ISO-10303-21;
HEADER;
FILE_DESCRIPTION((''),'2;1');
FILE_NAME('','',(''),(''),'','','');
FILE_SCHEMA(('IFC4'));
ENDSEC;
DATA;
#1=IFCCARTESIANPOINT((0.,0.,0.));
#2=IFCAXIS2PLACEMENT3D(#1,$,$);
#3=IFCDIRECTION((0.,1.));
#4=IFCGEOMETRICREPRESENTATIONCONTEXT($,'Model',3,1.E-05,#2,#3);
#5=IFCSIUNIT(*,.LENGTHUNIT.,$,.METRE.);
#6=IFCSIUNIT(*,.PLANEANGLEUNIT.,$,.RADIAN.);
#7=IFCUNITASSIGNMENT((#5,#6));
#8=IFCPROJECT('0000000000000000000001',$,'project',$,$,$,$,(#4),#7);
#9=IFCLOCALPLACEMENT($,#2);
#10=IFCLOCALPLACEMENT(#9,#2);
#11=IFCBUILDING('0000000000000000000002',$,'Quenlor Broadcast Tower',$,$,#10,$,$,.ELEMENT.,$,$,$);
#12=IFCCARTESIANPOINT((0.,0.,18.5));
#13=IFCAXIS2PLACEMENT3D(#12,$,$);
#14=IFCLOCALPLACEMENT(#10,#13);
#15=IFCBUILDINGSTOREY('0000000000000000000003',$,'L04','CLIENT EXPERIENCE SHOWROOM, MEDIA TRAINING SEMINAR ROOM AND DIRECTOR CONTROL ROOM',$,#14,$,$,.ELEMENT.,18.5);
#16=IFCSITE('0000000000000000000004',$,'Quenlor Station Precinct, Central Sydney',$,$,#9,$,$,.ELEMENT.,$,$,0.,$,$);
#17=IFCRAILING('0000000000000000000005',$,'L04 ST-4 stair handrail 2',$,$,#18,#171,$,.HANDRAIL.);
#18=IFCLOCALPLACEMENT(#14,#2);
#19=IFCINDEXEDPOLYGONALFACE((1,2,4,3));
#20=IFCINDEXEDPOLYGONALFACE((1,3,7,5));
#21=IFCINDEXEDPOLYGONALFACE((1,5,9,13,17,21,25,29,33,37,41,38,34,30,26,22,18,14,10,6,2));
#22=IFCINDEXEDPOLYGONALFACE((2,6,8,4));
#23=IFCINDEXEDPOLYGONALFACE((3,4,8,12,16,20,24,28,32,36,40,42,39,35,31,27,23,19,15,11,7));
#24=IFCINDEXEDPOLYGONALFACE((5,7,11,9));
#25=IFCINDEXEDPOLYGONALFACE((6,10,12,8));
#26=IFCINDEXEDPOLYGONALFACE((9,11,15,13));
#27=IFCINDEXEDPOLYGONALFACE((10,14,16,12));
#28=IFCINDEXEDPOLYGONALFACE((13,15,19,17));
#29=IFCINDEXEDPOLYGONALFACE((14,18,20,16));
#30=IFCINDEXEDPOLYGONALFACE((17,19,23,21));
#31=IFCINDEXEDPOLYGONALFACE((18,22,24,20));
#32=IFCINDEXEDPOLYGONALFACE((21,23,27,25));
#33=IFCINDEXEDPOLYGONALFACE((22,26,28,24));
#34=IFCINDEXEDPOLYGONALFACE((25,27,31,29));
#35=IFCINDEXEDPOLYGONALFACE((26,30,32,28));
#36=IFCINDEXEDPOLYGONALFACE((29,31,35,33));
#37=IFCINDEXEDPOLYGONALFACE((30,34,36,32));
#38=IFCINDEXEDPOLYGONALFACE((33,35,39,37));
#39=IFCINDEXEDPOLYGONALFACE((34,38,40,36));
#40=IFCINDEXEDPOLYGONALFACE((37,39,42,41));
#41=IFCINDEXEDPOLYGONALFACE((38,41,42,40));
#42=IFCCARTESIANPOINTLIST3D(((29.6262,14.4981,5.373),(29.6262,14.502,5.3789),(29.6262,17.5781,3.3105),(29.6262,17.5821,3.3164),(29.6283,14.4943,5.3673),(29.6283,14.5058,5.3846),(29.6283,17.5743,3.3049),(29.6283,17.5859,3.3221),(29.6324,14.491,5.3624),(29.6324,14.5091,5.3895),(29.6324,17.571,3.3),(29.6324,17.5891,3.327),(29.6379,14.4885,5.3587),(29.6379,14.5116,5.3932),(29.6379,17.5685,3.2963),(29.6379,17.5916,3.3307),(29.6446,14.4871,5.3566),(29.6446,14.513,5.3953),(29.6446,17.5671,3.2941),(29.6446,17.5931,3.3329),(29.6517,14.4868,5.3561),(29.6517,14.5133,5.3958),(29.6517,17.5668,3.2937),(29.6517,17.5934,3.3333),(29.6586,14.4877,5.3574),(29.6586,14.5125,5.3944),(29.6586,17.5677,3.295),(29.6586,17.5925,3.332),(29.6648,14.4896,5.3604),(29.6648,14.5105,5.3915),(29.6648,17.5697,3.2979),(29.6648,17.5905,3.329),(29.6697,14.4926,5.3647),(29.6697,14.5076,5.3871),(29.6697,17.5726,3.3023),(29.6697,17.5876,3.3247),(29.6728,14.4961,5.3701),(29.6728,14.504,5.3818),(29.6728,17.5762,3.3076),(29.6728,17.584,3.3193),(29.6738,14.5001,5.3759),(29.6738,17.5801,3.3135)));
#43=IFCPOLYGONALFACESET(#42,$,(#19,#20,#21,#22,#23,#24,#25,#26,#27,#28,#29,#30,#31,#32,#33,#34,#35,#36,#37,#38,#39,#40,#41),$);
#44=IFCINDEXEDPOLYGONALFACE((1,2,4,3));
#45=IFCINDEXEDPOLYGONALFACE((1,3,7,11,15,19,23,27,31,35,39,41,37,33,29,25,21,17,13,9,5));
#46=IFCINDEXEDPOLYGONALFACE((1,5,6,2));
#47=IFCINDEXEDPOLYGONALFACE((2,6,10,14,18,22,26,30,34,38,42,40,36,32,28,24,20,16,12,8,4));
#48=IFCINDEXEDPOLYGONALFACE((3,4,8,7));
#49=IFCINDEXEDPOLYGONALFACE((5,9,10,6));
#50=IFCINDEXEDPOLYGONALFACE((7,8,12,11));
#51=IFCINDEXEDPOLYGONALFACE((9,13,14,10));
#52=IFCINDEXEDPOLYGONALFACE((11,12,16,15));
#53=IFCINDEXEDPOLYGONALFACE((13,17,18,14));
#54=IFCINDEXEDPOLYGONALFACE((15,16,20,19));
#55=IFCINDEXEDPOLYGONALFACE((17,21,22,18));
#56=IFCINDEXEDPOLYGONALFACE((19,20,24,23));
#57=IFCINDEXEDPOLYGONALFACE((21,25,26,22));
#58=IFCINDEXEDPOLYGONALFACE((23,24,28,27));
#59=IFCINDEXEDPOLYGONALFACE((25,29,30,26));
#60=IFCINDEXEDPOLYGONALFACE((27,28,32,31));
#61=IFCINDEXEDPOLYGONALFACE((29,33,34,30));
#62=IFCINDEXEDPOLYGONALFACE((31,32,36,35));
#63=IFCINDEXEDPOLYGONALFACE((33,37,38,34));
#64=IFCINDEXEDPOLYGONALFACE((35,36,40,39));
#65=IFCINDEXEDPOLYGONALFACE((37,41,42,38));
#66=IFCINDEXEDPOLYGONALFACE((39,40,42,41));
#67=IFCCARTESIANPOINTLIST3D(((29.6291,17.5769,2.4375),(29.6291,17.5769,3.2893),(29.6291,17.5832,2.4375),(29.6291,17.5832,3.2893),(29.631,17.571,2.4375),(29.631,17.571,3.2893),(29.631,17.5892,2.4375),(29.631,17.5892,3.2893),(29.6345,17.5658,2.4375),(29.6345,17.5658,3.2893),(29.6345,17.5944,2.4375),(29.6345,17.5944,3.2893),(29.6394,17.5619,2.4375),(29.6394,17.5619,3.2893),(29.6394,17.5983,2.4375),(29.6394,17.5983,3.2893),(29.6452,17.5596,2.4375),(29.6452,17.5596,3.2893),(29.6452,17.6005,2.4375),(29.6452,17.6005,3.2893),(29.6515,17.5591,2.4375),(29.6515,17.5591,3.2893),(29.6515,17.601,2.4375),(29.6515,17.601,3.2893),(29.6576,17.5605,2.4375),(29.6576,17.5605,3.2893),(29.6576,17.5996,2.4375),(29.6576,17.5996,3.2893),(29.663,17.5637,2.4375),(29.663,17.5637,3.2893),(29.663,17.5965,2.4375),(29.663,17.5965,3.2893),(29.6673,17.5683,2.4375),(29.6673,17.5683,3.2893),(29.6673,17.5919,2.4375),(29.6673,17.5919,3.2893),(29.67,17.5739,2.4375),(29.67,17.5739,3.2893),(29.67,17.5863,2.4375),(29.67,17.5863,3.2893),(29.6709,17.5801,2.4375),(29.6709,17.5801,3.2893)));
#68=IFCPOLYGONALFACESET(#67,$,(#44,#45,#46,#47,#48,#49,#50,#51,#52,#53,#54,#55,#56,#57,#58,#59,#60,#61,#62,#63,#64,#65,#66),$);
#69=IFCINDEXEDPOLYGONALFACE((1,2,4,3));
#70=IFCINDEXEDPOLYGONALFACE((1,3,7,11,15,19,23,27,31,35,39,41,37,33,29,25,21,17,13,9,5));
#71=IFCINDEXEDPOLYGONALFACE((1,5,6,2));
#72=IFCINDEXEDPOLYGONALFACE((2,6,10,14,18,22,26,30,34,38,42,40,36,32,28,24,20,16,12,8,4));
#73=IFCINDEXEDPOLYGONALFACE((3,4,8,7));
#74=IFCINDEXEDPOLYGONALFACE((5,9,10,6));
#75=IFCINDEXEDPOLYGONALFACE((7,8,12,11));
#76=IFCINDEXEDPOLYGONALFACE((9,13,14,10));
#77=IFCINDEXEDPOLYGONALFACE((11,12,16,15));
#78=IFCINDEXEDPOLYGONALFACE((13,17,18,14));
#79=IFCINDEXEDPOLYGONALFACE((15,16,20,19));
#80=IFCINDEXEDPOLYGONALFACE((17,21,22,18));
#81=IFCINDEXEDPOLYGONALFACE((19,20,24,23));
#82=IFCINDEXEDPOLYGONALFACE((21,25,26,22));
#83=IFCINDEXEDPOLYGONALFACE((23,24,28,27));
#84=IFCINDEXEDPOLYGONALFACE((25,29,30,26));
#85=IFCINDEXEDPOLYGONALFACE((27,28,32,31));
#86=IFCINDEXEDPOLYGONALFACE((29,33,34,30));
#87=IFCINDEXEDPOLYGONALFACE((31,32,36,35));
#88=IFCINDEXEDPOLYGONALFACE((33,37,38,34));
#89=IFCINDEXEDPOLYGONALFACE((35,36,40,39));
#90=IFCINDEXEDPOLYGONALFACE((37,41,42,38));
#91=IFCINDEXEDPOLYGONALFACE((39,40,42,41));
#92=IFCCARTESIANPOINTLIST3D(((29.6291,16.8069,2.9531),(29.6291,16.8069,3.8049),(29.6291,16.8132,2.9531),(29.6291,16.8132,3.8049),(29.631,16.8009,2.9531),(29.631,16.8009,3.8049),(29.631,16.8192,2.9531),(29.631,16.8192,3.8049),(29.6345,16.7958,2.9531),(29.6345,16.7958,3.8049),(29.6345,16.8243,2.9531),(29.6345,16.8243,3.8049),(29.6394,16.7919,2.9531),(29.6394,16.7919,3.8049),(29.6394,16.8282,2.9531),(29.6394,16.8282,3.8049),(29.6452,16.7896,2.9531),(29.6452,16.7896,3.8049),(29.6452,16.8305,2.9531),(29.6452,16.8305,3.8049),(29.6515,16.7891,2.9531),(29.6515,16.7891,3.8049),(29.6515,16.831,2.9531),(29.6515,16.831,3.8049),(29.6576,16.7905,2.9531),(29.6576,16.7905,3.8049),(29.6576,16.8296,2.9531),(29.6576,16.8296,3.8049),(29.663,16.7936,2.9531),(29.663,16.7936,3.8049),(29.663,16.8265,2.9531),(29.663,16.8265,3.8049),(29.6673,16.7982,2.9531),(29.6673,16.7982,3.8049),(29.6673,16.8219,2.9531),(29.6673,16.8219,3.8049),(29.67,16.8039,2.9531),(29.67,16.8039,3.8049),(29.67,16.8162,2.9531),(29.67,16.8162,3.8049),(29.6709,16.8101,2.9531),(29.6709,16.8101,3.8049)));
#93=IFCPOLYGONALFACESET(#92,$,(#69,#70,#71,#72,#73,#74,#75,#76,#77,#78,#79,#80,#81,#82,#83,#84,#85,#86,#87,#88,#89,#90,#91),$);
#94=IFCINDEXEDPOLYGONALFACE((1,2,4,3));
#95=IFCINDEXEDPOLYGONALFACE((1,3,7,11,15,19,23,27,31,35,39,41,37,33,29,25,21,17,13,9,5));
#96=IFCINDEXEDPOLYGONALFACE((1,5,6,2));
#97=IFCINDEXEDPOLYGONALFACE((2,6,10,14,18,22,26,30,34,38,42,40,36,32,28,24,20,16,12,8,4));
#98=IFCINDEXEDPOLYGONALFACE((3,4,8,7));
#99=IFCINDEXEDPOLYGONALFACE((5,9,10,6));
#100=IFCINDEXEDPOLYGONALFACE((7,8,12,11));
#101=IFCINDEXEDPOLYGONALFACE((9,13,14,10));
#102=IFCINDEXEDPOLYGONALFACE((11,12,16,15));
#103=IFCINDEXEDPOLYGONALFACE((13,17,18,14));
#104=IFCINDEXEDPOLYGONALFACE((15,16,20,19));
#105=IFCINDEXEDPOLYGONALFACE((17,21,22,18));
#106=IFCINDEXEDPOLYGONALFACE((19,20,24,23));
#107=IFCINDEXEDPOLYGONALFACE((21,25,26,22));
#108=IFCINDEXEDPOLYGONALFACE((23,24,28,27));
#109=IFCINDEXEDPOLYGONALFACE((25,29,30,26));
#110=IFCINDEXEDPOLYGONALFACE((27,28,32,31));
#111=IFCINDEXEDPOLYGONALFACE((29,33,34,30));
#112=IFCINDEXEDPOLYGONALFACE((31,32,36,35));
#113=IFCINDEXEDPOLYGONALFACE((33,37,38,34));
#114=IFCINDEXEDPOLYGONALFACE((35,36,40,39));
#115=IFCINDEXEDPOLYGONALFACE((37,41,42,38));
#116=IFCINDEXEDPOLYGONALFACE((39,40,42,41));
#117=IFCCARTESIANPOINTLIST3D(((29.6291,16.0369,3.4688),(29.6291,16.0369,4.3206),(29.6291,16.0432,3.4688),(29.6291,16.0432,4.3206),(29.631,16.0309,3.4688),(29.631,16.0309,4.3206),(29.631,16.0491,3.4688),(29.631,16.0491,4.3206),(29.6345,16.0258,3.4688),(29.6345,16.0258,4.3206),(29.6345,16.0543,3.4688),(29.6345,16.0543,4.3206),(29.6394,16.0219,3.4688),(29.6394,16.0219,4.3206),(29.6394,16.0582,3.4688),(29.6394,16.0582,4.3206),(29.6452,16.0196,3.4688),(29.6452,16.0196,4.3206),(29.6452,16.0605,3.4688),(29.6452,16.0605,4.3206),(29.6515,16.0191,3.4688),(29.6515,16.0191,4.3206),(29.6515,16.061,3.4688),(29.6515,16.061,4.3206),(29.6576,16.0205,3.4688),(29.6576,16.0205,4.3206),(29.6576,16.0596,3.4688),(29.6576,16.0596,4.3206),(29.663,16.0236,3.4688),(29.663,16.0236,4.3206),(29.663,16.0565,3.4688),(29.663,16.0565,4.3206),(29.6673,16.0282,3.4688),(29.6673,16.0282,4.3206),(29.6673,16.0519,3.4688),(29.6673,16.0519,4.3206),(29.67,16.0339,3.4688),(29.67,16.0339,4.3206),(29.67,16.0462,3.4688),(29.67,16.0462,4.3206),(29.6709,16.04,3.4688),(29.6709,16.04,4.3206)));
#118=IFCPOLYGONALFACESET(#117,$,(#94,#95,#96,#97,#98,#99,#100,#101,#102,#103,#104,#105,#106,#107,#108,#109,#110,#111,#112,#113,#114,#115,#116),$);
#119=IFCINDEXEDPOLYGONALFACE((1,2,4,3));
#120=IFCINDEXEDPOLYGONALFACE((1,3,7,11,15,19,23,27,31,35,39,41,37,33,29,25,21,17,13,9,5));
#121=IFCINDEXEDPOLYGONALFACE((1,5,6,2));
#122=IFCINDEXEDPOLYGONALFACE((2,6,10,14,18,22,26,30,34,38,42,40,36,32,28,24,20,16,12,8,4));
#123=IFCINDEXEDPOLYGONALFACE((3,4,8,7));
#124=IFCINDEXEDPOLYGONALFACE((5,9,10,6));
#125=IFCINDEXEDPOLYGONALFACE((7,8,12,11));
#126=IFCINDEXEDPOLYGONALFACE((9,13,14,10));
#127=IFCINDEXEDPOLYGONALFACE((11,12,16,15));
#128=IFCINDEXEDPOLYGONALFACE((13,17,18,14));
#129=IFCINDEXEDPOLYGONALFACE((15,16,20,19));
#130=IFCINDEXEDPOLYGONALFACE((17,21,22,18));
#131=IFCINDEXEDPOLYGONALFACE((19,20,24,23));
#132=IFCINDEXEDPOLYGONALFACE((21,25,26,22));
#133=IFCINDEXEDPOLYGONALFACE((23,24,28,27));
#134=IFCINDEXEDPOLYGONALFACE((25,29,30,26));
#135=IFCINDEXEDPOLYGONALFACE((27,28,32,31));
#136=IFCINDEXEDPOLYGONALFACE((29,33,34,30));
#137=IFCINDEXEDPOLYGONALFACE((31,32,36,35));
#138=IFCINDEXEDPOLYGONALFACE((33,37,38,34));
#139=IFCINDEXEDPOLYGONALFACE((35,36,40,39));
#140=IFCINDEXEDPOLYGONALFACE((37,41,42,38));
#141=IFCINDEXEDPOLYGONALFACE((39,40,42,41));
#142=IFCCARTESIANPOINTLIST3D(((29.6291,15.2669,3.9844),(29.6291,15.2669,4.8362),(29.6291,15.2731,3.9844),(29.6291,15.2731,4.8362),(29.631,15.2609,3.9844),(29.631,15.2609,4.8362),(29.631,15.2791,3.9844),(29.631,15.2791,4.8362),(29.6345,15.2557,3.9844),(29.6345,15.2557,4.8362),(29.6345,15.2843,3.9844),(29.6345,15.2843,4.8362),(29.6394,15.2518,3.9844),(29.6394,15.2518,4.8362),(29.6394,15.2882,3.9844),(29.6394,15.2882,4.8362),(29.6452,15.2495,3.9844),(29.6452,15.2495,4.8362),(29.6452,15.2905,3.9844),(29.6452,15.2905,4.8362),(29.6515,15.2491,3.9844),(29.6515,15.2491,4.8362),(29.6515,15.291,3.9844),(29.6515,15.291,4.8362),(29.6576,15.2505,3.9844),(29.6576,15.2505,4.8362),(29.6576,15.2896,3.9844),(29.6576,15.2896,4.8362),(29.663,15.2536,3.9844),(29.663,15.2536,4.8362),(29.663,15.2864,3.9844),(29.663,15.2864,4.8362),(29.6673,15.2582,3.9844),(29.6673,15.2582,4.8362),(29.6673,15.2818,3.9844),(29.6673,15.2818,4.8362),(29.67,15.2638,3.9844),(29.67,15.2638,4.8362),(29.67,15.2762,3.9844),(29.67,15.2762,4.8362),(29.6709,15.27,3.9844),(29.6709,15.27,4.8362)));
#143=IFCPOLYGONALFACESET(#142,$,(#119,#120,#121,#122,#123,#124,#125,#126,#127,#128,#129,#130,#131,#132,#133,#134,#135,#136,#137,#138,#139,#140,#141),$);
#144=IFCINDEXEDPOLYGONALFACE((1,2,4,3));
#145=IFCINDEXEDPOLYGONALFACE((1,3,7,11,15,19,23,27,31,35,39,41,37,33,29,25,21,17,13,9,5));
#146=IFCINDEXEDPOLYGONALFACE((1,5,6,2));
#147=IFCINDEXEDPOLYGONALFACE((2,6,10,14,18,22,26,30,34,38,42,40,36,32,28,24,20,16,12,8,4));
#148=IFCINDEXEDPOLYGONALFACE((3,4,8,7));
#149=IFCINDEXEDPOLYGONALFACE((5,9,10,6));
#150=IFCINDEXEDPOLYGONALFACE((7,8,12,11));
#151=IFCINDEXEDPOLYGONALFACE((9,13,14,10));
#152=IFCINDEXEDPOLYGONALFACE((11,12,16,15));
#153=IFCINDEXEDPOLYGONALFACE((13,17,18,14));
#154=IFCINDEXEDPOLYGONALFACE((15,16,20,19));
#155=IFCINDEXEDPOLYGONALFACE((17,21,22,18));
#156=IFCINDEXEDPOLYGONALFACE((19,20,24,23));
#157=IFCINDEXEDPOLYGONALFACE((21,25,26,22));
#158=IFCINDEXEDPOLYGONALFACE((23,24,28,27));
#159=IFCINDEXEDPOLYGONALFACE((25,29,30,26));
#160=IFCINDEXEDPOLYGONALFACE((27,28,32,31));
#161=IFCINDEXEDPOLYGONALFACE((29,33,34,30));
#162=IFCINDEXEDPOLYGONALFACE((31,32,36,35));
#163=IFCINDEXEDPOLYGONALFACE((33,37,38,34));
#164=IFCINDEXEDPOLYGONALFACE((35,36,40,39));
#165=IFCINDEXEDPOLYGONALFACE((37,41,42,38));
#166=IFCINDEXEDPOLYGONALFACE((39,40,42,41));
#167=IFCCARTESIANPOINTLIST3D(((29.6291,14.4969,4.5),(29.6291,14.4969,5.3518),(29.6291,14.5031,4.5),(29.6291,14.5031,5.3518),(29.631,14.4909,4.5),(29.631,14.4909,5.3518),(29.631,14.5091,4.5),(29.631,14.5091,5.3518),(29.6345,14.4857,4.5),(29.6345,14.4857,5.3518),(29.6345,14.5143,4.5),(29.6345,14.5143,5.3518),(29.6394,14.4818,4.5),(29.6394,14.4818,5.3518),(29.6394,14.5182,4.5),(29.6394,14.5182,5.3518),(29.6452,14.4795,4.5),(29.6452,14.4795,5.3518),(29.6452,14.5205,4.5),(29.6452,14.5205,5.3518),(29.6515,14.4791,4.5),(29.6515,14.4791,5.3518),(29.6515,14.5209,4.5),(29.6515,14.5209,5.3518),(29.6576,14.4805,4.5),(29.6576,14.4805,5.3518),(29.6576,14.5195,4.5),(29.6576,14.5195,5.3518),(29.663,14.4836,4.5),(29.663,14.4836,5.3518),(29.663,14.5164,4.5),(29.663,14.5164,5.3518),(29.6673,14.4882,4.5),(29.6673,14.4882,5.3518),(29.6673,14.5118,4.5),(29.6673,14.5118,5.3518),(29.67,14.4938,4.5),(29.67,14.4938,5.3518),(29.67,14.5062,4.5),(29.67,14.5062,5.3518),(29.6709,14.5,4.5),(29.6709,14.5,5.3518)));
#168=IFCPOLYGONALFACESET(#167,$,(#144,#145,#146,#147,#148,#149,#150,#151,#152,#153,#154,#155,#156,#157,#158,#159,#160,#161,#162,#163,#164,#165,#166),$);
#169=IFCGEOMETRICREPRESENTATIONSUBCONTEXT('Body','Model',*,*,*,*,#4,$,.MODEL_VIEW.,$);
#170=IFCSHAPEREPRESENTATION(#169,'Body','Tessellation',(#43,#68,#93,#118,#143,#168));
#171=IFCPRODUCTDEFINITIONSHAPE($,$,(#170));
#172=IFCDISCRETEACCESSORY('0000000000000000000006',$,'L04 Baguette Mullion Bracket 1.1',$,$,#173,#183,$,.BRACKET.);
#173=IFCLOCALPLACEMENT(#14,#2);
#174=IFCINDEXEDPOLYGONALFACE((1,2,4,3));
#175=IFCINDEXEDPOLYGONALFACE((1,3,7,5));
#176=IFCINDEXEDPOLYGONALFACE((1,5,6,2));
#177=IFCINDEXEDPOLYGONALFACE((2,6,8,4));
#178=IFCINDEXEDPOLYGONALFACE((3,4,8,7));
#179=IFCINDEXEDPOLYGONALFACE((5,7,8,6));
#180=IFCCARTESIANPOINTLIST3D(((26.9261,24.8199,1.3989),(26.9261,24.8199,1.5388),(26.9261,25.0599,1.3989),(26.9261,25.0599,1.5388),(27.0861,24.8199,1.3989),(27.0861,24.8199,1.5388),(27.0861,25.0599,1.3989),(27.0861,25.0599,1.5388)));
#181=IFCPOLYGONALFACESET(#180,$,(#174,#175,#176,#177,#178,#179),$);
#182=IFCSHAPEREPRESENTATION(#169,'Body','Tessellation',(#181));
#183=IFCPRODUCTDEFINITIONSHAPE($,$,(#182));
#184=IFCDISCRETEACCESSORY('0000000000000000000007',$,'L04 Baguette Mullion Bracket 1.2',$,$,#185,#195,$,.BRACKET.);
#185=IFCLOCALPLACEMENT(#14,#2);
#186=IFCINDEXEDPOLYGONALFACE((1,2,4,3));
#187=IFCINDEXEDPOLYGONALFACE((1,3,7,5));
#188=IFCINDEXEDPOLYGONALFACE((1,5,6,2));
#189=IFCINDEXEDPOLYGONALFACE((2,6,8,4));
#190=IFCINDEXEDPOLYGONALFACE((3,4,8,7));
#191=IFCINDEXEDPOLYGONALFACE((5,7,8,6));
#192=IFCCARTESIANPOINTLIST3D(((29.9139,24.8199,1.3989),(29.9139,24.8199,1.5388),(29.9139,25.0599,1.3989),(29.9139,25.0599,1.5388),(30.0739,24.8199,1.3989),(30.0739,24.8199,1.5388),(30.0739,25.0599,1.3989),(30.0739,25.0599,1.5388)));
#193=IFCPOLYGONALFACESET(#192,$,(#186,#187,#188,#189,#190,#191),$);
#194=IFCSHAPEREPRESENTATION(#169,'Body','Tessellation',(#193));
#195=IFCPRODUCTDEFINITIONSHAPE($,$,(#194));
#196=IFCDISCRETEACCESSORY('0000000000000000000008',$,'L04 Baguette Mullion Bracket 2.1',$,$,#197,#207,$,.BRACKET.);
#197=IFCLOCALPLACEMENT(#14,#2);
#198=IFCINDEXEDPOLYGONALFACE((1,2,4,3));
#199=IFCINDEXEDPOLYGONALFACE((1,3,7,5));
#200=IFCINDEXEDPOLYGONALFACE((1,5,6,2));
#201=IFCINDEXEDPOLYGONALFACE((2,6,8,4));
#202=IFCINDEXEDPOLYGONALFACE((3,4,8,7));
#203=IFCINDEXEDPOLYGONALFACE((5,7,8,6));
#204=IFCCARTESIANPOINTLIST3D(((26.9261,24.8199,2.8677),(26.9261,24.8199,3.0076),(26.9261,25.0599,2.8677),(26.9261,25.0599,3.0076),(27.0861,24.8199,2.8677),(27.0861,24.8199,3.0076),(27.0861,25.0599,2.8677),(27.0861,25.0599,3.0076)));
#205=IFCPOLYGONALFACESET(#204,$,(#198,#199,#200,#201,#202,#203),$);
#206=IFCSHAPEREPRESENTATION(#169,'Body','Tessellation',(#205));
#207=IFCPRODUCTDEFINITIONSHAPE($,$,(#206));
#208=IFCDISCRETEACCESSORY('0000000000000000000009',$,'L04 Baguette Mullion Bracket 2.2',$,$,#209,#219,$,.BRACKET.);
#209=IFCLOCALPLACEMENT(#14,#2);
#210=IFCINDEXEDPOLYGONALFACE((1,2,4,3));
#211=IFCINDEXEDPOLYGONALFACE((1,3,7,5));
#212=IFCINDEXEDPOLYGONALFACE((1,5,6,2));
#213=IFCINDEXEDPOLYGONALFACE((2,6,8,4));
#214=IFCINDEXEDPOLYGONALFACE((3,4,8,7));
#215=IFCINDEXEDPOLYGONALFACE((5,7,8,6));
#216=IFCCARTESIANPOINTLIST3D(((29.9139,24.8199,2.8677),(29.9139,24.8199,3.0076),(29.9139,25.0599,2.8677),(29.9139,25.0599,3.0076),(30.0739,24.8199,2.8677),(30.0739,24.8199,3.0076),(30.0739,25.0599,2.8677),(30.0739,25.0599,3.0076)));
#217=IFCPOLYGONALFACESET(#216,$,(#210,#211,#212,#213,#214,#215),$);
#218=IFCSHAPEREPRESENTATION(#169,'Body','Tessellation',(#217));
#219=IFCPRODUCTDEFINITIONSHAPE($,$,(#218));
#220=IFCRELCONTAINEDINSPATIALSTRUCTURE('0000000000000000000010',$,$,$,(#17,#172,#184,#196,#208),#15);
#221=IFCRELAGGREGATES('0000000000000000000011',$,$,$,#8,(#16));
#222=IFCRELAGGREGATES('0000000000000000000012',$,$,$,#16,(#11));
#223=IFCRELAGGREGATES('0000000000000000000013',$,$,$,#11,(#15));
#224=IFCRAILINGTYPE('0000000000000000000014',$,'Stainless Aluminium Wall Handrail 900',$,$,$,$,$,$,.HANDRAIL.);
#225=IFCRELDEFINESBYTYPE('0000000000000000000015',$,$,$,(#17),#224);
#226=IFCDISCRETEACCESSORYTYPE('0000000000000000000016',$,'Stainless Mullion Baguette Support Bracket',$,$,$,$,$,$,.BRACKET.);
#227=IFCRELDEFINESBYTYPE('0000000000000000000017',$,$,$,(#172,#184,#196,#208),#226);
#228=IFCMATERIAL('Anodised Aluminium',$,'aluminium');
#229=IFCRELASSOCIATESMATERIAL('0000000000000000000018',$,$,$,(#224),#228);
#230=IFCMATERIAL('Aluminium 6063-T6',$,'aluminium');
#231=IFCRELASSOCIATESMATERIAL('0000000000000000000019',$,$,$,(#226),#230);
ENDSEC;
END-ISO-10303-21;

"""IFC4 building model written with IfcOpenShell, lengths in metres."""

from ifc_helpers import new_model, si_unit, direction, frame, origin, origin_2d, place, context, subcontext, project, spatial, rectangle, circle, extrude, material, type_object, element, save


model = new_model("IFC4")

# Units and contexts
model_context = context("Model", 3, precision=1e-05, world=origin(), true_north=direction((0.0, 1.0)))
body_context = subcontext(model_context, "Body", "Model", "MODEL_VIEW")
ifc_project = project(units=[si_unit("LENGTHUNIT", "METRE"), si_unit("PLANEANGLEUNIT", "RADIAN")], contexts=[model_context])

# Site, building, storey
site_placement = place(None, origin())
site = spatial("IfcSite", under=ifc_project, at=site_placement, Name="Quenlor Station Precinct, Central Sydney", CompositionType="ELEMENT", RefElevation=0.0)
building_placement = place(site_placement, origin())
building = spatial("IfcBuilding", under=site, at=building_placement, Name="Quenlor Broadcast Tower", CompositionType="ELEMENT")
storey_placement = place(building_placement, frame((0.0, 0.0, 18.5)))
storey = spatial("IfcBuildingStorey", under=building, at=storey_placement, Name="L04", Description="CLIENT EXPERIENCE SHOWROOM, MEDIA TRAINING SEMINAR ROOM AND DIRECTOR CONTROL ROOM", CompositionType="ELEMENT", Elevation=18.5)

# Railing
ifc_material_1 = material(Name="Anodised Aluminium", Category="aluminium")
railing_type = type_object("IfcRailingType", Name="Stainless Aluminium Wall Handrail 900", PredefinedType="HANDRAIL", material=ifc_material_1)
railing_placement = place(storey_placement, frame((29.6499, 17.5801, 2.4375)))
element("IfcRailing", 1, at=railing_placement, inside=storey, type_object=railing_type, Name="L04 ST-4 stair handrail 2", PredefinedType="HANDRAIL", context=body_context, shape_type="SweptSolid", body=[
    extrude(circle(Radius=0.0239, at=origin_2d()), frame((0.0, 0.0, 0.876), z_axis=(0.0, -0.830914, 0.556401), x_axis=(1.0, 0.0, 0.0)), (0.0, 0.0, 1.0), 3.7068),
    extrude(circle(Radius=0.021, at=origin_2d()), origin(), (0.0, 0.0, 1.0), 0.8518),
    extrude(circle(Radius=0.021, at=origin_2d()), frame((0.0, -0.77, 0.5156)), (0.0, 0.0, 1.0), 0.8518),
    extrude(circle(Radius=0.021, at=origin_2d()), frame((0.0, -1.54, 1.0312)), (0.0, 0.0, 1.0), 0.8518),
    extrude(circle(Radius=0.021, at=origin_2d()), frame((0.0, -2.3101, 1.5469)), (0.0, 0.0, 1.0), 0.8518),
    extrude(circle(Radius=0.021, at=origin_2d()), frame((0.0, -3.0801, 2.0625)), (0.0, 0.0, 1.0), 0.8518),
])

# Discrete accessories
ifc_material_2 = material(Name="Aluminium 6063-T6", Category="aluminium")
discrete_accessory_type = type_object("IfcDiscreteAccessoryType", Name="Stainless Mullion Baguette Support Bracket", PredefinedType="BRACKET", material=ifc_material_2)
for number, where, z_axis, x_axis, name in (
    (2, (27.0061, 24.9399, 1.3989), (0.0, 0.0, 1.0), (1.0, 0.0, 0.0), "L04 Baguette Mullion Bracket 1.1"),
    (3, (29.9939, 24.9399, 1.3989), (0.0, 0.0, 1.0), (1.0, 0.0, 0.0), "L04 Baguette Mullion Bracket 1.2"),
    (4, (27.0061, 24.9399, 2.8677), (0.0, 0.0, 1.0), (1.0, 0.0, 0.0), "L04 Baguette Mullion Bracket 2.1"),
    (5, (29.9939, 24.9399, 2.8677), (0.0, 0.0, 1.0), (1.0, 0.0, 0.0), "L04 Baguette Mullion Bracket 2.2"),
):
    element("IfcDiscreteAccessory", number, at=place(storey_placement, frame(where, z_axis=z_axis, x_axis=x_axis)), inside=storey, type_object=discrete_accessory_type, Name=name, PredefinedType="BRACKET", context=body_context, shape_type="SweptSolid", body=[
        extrude(rectangle(XDim=0.1599, YDim=0.24, at=origin_2d()), origin(), (0.0, 0.0, 1.0), 0.1399),
    ])

save(model, "model.ifc")
